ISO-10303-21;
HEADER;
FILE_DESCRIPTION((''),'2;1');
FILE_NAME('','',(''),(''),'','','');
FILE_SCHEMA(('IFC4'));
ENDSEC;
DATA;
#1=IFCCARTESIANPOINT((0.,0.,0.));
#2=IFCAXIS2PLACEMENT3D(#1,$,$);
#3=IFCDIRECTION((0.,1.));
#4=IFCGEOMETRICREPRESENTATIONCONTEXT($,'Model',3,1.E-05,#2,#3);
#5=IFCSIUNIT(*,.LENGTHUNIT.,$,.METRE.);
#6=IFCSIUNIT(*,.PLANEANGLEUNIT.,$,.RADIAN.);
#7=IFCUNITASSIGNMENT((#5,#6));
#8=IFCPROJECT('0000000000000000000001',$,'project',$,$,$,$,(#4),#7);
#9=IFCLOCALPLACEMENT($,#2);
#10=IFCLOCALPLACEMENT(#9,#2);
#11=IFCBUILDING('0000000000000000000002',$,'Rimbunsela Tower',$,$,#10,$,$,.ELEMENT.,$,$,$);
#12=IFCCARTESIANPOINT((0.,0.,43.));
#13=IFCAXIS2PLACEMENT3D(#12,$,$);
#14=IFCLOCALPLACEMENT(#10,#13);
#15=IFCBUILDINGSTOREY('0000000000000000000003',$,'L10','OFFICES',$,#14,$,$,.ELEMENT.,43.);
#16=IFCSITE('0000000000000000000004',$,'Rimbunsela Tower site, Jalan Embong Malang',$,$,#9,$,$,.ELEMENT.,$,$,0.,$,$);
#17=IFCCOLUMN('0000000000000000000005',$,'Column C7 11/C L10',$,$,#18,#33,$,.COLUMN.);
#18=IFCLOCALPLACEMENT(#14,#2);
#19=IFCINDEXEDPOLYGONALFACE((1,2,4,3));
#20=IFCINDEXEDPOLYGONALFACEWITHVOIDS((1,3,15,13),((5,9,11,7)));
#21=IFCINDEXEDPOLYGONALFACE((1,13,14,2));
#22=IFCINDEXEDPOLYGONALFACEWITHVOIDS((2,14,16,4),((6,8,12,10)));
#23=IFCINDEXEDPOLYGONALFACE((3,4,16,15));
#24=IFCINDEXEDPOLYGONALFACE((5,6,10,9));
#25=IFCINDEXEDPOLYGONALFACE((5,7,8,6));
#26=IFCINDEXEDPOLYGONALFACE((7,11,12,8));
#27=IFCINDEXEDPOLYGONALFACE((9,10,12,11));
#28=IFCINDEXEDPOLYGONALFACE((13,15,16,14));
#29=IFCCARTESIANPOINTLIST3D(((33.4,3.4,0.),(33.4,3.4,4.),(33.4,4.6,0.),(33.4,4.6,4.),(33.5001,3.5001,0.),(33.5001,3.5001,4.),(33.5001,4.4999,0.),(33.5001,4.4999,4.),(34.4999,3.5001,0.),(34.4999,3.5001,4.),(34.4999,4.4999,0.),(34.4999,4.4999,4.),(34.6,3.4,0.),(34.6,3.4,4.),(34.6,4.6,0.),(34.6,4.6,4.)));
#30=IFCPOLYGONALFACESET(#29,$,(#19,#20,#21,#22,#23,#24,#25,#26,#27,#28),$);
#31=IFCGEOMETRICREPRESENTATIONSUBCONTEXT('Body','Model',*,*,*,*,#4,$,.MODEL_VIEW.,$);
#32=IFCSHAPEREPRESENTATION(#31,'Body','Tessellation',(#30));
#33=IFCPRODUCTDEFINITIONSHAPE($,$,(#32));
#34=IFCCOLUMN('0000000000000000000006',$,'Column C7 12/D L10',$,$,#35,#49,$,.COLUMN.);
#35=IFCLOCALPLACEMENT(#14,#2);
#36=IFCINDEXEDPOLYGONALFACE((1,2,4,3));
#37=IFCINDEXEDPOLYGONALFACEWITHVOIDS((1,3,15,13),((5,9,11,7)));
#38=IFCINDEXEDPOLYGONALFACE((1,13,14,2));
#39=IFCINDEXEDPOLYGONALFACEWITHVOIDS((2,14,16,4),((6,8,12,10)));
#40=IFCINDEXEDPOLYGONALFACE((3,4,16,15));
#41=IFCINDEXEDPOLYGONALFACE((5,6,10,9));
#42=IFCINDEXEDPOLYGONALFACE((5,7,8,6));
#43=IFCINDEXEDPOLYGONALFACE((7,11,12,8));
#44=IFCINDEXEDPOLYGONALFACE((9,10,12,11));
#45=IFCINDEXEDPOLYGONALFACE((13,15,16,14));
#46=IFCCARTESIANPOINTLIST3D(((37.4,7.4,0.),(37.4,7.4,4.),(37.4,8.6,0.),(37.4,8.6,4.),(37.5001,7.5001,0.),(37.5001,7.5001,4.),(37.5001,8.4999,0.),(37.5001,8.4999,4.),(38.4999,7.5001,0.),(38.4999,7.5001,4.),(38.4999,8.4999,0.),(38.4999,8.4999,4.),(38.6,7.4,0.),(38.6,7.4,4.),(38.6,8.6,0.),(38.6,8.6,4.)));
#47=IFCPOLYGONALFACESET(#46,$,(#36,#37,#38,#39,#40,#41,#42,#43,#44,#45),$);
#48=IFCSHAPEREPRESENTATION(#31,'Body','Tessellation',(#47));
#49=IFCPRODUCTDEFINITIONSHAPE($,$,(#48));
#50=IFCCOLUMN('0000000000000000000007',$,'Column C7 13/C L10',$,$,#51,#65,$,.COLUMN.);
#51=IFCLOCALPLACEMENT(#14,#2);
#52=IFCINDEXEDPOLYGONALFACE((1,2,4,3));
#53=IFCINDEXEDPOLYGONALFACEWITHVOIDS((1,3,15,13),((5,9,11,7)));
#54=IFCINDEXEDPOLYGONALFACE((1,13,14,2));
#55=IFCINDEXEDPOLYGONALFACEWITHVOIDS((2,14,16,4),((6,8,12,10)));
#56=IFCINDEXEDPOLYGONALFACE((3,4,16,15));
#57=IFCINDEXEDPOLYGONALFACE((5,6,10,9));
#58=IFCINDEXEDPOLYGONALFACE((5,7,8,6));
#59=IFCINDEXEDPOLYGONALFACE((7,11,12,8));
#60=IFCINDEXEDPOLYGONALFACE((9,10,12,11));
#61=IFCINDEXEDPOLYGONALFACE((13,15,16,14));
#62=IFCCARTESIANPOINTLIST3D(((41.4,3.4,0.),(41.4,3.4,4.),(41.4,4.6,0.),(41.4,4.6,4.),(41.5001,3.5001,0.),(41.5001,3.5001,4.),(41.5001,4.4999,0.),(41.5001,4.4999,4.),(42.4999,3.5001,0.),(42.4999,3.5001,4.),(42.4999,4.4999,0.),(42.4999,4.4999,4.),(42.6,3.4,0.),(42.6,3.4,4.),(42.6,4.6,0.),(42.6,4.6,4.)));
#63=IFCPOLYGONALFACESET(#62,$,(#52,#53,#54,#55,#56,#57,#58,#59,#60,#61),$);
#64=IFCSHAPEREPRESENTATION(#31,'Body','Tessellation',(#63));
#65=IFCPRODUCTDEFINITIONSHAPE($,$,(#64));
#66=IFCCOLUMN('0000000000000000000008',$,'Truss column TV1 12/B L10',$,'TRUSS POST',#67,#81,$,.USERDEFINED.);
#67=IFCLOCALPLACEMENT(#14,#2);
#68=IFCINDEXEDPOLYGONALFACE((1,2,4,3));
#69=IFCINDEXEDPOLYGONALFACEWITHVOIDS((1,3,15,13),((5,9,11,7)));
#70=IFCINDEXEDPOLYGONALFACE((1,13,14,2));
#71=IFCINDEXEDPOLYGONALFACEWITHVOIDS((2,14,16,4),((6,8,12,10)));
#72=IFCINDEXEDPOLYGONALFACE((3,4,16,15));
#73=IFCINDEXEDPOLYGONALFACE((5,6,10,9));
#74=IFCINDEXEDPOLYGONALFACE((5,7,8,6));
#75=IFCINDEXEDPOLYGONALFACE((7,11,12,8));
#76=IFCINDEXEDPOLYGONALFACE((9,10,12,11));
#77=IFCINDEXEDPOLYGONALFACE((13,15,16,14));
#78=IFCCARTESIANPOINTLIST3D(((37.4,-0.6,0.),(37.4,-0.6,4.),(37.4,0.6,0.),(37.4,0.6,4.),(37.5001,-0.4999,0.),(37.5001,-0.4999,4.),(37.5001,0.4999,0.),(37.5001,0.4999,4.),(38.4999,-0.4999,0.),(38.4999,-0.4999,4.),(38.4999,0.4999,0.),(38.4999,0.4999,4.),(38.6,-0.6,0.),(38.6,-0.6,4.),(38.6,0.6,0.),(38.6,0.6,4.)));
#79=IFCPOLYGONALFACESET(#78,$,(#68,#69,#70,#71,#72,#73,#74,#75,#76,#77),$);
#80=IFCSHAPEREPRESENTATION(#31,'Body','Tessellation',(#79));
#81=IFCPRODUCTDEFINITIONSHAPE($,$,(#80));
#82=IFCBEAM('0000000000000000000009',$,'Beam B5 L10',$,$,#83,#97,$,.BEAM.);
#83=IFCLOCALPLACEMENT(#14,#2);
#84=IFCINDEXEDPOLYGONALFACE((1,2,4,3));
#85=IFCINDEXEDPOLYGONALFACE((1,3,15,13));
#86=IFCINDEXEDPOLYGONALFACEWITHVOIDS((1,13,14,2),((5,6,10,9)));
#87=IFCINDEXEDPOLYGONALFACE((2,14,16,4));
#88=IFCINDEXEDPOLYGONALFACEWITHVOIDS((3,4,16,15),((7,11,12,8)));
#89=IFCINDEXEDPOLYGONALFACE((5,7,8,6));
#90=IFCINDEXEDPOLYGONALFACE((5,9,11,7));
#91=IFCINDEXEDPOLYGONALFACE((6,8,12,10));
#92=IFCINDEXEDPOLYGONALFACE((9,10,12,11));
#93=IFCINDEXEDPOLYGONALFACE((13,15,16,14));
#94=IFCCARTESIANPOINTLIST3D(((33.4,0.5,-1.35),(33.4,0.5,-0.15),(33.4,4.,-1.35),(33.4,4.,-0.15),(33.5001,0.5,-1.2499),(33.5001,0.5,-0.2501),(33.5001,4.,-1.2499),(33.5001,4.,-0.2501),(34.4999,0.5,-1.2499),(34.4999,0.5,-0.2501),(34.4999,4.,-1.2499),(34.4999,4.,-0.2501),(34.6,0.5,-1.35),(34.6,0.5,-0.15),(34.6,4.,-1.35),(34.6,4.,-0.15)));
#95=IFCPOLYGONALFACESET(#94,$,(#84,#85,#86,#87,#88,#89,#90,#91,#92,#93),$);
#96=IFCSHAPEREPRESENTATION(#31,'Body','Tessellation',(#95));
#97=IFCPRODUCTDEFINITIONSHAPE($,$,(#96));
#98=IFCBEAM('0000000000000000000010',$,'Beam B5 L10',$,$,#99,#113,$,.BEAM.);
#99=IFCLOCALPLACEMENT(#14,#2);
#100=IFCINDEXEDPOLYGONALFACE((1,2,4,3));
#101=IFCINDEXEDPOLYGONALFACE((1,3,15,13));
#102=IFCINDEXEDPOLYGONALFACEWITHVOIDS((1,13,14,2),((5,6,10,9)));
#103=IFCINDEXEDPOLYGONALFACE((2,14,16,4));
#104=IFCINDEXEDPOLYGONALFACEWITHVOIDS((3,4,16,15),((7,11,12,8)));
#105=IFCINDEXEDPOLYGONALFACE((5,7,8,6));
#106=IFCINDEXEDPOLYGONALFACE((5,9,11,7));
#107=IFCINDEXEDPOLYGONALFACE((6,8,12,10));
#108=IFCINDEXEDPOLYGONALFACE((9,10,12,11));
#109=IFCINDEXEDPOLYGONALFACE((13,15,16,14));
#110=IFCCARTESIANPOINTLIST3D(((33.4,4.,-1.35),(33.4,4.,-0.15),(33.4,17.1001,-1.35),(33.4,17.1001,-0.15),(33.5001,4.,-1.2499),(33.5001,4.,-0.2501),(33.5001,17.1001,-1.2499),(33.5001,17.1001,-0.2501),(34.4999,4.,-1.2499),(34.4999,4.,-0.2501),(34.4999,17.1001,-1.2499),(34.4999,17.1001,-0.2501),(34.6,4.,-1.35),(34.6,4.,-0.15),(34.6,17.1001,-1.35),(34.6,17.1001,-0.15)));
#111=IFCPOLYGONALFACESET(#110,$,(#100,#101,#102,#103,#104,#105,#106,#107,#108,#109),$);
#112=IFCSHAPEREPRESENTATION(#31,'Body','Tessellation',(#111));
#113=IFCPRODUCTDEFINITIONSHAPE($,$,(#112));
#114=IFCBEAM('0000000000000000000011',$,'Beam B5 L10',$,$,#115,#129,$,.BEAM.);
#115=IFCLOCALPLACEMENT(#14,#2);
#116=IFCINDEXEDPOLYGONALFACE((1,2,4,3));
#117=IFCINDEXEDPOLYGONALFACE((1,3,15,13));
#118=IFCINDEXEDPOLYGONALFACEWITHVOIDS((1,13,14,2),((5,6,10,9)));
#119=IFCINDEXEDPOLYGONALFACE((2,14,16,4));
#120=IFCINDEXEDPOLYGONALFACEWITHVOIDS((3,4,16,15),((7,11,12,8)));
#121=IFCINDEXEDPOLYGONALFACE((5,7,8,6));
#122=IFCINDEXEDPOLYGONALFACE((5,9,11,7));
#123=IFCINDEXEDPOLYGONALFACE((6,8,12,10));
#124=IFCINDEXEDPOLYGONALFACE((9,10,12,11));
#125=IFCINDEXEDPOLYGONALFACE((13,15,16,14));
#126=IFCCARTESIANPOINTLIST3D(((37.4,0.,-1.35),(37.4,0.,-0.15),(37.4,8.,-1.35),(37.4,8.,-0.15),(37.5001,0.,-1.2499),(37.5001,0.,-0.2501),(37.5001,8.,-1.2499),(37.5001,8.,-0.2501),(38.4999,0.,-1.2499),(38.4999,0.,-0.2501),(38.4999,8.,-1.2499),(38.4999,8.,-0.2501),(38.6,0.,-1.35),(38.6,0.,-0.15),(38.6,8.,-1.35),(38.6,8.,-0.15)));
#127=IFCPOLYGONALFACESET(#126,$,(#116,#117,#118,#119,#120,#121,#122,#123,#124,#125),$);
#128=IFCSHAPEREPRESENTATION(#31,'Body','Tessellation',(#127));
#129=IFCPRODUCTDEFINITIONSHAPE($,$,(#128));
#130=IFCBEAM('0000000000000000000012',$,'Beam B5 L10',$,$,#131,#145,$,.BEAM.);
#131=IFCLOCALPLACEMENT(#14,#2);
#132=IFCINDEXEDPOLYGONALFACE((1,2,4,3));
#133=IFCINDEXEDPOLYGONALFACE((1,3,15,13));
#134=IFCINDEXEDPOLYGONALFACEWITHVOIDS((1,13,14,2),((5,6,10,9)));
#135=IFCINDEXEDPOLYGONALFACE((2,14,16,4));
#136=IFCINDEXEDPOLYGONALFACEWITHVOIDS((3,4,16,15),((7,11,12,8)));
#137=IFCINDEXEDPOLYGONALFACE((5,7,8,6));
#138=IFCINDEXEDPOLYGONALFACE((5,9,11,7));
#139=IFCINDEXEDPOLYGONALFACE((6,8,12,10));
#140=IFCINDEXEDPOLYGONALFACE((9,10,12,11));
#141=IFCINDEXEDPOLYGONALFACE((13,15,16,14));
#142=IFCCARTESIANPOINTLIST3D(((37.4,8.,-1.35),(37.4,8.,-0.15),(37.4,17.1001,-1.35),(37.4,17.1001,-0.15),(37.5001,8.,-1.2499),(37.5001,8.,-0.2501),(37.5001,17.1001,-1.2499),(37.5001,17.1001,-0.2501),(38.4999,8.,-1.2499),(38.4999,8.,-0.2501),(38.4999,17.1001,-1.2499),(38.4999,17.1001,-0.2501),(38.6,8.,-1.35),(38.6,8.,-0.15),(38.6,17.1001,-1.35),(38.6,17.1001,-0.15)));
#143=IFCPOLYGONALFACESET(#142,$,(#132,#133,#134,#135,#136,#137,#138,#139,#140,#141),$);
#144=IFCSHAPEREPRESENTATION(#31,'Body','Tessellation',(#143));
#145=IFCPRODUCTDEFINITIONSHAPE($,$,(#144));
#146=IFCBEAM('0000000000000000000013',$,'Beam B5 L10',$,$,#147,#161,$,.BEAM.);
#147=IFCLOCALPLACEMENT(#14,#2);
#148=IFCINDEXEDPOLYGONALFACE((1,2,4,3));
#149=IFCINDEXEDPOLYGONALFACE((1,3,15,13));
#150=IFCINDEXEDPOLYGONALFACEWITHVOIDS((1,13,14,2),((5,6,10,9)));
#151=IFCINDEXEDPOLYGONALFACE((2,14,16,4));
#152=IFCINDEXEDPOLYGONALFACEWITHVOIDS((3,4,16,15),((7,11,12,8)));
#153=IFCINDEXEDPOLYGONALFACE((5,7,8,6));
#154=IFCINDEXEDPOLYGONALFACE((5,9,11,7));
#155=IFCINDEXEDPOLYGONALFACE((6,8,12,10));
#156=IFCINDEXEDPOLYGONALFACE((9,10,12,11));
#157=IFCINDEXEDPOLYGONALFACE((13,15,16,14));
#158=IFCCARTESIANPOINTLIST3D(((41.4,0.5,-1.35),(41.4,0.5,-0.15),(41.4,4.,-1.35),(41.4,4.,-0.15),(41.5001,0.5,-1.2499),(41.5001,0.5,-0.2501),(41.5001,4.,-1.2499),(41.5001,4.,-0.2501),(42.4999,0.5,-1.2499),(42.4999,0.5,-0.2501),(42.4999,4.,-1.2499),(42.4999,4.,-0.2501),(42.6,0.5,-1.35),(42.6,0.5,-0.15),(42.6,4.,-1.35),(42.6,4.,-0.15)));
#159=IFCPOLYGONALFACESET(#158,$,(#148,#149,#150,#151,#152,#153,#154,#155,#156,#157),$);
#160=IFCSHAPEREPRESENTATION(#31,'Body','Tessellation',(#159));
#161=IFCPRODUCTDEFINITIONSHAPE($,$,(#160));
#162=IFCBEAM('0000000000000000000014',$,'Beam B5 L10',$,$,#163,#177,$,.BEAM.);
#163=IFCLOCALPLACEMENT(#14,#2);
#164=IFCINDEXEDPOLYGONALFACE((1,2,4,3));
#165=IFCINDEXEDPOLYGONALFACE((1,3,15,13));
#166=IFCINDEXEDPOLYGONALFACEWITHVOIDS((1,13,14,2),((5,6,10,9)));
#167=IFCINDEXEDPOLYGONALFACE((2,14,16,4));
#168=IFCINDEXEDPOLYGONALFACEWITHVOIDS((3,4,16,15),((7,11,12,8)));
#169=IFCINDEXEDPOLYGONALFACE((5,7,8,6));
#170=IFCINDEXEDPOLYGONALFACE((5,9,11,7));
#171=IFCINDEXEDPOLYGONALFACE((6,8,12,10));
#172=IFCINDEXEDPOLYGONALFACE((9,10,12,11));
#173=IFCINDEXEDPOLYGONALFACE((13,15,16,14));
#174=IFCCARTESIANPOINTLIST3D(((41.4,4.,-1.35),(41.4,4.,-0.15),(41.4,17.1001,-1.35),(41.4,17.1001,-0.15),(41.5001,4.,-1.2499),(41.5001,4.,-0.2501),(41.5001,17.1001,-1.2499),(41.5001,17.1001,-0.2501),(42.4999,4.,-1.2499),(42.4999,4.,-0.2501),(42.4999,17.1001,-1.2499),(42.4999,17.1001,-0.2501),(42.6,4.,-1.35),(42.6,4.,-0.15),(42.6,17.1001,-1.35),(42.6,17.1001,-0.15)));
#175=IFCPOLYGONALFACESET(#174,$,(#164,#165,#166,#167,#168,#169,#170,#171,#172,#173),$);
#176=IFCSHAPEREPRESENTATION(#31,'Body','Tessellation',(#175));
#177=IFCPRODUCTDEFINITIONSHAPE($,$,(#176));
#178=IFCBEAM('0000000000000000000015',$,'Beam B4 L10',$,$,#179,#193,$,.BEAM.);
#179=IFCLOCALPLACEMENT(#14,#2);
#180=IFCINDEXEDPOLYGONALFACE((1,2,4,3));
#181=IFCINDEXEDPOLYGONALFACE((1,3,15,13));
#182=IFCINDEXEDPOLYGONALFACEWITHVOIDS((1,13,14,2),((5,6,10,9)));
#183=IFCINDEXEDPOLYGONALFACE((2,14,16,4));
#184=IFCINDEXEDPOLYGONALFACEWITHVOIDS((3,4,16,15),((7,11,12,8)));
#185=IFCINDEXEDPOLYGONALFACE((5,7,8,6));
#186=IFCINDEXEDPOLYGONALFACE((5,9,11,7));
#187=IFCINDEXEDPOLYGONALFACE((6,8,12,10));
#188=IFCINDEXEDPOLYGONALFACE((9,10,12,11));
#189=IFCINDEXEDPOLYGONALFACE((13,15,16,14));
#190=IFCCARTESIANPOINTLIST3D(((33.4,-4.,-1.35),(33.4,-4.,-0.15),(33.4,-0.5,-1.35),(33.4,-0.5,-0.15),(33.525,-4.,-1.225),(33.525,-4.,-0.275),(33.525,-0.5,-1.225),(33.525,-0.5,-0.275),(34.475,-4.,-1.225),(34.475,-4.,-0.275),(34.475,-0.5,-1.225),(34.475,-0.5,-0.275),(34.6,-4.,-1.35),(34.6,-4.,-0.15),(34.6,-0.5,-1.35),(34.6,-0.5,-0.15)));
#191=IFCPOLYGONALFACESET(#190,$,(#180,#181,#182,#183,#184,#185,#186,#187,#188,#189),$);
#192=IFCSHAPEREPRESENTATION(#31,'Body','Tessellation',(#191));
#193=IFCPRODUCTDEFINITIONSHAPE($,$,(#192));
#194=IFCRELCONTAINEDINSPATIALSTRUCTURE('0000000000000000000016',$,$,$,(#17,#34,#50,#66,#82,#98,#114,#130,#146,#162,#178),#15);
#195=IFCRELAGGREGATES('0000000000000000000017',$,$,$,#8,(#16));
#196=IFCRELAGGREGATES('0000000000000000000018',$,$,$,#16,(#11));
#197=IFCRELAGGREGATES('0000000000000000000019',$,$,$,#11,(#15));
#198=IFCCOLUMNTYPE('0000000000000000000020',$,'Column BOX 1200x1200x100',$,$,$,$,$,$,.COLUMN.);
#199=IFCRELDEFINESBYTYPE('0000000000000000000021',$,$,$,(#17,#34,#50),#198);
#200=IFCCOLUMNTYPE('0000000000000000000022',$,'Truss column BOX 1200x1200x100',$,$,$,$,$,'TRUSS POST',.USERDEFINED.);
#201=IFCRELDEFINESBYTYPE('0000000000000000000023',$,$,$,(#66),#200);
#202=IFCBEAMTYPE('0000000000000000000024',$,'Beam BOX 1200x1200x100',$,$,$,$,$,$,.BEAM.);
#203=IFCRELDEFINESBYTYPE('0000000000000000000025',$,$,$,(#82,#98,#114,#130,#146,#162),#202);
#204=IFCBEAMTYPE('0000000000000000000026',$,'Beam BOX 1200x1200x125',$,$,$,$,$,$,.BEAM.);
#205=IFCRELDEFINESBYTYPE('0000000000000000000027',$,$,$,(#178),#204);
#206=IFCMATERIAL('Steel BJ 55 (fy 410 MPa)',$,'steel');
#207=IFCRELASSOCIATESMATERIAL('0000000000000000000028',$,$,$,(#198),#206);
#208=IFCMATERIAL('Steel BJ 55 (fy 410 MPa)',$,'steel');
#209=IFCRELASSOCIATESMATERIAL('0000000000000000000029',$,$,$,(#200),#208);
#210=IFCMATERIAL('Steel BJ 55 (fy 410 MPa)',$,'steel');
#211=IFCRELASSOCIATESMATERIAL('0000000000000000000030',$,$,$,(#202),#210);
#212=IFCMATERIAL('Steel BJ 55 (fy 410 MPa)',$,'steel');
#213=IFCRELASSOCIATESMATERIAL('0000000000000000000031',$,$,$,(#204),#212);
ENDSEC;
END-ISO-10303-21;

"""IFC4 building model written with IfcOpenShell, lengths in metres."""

from ifc_helpers import new_model, si_unit, direction, frame, origin, origin_2d, place, context, subcontext, project, spatial, hollow_rectangle, extrude, material, material_profile, profile_set, type_object, element, save


model = new_model("IFC4")

# Units and contexts
model_context = context("Model", 3, precision=1e-05, world=origin(), true_north=direction((0.0, 1.0)))
body_context = subcontext(model_context, "Body", "Model", "MODEL_VIEW")
ifc_project = project(units=[si_unit("LENGTHUNIT", "METRE"), si_unit("PLANEANGLEUNIT", "RADIAN")], contexts=[model_context])

# Site, building, storey
site_placement = place(None, origin())
site = spatial("IfcSite", under=ifc_project, at=site_placement, Name="Rimbunsela Tower site, Jalan Embong Malang", CompositionType="ELEMENT", RefElevation=0.0)
building_placement = place(site_placement, origin())
building = spatial("IfcBuilding", under=site, at=building_placement, Name="Rimbunsela Tower", CompositionType="ELEMENT")
storey_placement = place(building_placement, frame((0.0, 0.0, 43.0)))
storey = spatial("IfcBuildingStorey", under=building, at=storey_placement, Name="L10", Description="OFFICES", CompositionType="ELEMENT", Elevation=43.0)

# Columns
ifc_material_1 = material(Name="Steel BJ 55 (fy 410 MPa)", Category="steel")
ifc_material_profile_1 = material_profile(ifc_material_1, hollow_rectangle(XDim=1.2, YDim=1.2, WallThickness=0.1001, at=origin_2d()), Name="BOX 1200x1200x100")
ifc_profile_set_1 = profile_set([ifc_material_profile_1], Name="Steel BJ 55 (fy 410 MPa)")
column_type_1 = type_object("IfcColumnType", Name="Column BOX 1200x1200x100", PredefinedType="COLUMN", material=ifc_profile_set_1)
for number, where, z_axis, x_axis, name in (
    (1, (34.0, 4.0, 0.0), (0.0, 0.0, 1.0), (1.0, 0.0, 0.0), "Column C7 11/C L10"),
    (2, (38.0, 8.0, 0.0), (0.0, 0.0, 1.0), (1.0, 0.0, 0.0), "Column C7 12/D L10"),
    (3, (42.0, 4.0, 0.0), (0.0, 0.0, 1.0), (1.0, 0.0, 0.0), "Column C7 13/C L10"),
):
    element("IfcColumn", number, at=place(storey_placement, frame(where, z_axis=z_axis, x_axis=x_axis)), inside=storey, type_object=column_type_1, Name=name, PredefinedType="COLUMN", context=body_context, shape_type="SweptSolid", body=[
        extrude(hollow_rectangle(XDim=1.2, YDim=1.2, WallThickness=0.1001, at=origin_2d()), origin(), (0.0, 0.0, 1.0), 4.0),
    ])
ifc_material_2 = material(Name="Steel BJ 55 (fy 410 MPa)", Category="steel")
ifc_material_profile_2 = material_profile(ifc_material_2, hollow_rectangle(XDim=1.2, YDim=1.2, WallThickness=0.1001, at=origin_2d()), Name="BOX 1200x1200x100")
ifc_profile_set_2 = profile_set([ifc_material_profile_2], Name="Steel BJ 55 (fy 410 MPa)")
column_type_2 = type_object("IfcColumnType", Name="Truss column BOX 1200x1200x100", ElementType="TRUSS POST", PredefinedType="USERDEFINED", material=ifc_profile_set_2)
column_placement = place(storey_placement, frame((38.0, 0.0, 0.0), z_axis=(0.0, 0.0, 1.0), x_axis=(1.0, 0.0, 0.0)))
element("IfcColumn", 4, at=column_placement, inside=storey, type_object=column_type_2, Name="Truss column TV1 12/B L10", ObjectType="TRUSS POST", PredefinedType="USERDEFINED", context=body_context, shape_type="SweptSolid", body=[
    extrude(hollow_rectangle(XDim=1.2, YDim=1.2, WallThickness=0.1001, at=origin_2d()), origin(), (0.0, 0.0, 1.0), 4.0),
])

# Beams
ifc_material_3 = material(Name="Steel BJ 55 (fy 410 MPa)", Category="steel")
ifc_material_profile_3 = material_profile(ifc_material_3, hollow_rectangle(XDim=1.2, YDim=1.2, WallThickness=0.1001, at=origin_2d()), Name="BOX 1200x1200x100")
ifc_profile_set_3 = profile_set([ifc_material_profile_3], Name="Steel BJ 55 (fy 410 MPa)")
beam_type_1 = type_object("IfcBeamType", Name="Beam BOX 1200x1200x100", PredefinedType="BEAM", material=ifc_profile_set_3)
beam_1_placement = place(storey_placement, frame((34.0, 0.5, -0.75), z_axis=(0.0, 1.0, 0.0), x_axis=(-1.0, 0.0, 0.0)))
element("IfcBeam", 5, at=beam_1_placement, inside=storey, type_object=beam_type_1, Name="Beam B5 L10", PredefinedType="BEAM", context=body_context, shape_type="SweptSolid", body=[
    extrude(hollow_rectangle(XDim=1.2, YDim=1.2, WallThickness=0.1001, at=origin_2d()), origin(), (0.0, 0.0, 1.0), 3.5),
])
beam_2_placement = place(storey_placement, frame((34.0, 4.0, -0.75), z_axis=(0.0, 1.0, 0.0), x_axis=(-1.0, 0.0, 0.0)))
element("IfcBeam", 6, at=beam_2_placement, inside=storey, type_object=beam_type_1, Name="Beam B5 L10", PredefinedType="BEAM", context=body_context, shape_type="SweptSolid", body=[
    extrude(hollow_rectangle(XDim=1.2, YDim=1.2, WallThickness=0.1001, at=origin_2d()), origin(), (0.0, 0.0, 1.0), 13.1001),
])
beam_3_placement = place(storey_placement, frame((38.0, 0.0, -0.75), z_axis=(0.0, 1.0, 0.0), x_axis=(-1.0, 0.0, 0.0)))
element("IfcBeam", 7, at=beam_3_placement, inside=storey, type_object=beam_type_1, Name="Beam B5 L10", PredefinedType="BEAM", context=body_context, shape_type="SweptSolid", body=[
    extrude(hollow_rectangle(XDim=1.2, YDim=1.2, WallThickness=0.1001, at=origin_2d()), origin(), (0.0, 0.0, 1.0), 8.0),
])
beam_4_placement = place(storey_placement, frame((38.0, 8.0, -0.75), z_axis=(0.0, 1.0, 0.0), x_axis=(-1.0, 0.0, 0.0)))
element("IfcBeam", 8, at=beam_4_placement, inside=storey, type_object=beam_type_1, Name="Beam B5 L10", PredefinedType="BEAM", context=body_context, shape_type="SweptSolid", body=[
    extrude(hollow_rectangle(XDim=1.2, YDim=1.2, WallThickness=0.1001, at=origin_2d()), origin(), (0.0, 0.0, 1.0), 9.1001),
])
beam_5_placement = place(storey_placement, frame((42.0, 0.5, -0.75), z_axis=(0.0, 1.0, 0.0), x_axis=(-1.0, 0.0, 0.0)))
element("IfcBeam", 9, at=beam_5_placement, inside=storey, type_object=beam_type_1, Name="Beam B5 L10", PredefinedType="BEAM", context=body_context, shape_type="SweptSolid", body=[
    extrude(hollow_rectangle(XDim=1.2, YDim=1.2, WallThickness=0.1001, at=origin_2d()), origin(), (0.0, 0.0, 1.0), 3.5),
])
beam_6_placement = place(storey_placement, frame((42.0, 4.0, -0.75), z_axis=(0.0, 1.0, 0.0), x_axis=(-1.0, 0.0, 0.0)))
element("IfcBeam", 10, at=beam_6_placement, inside=storey, type_object=beam_type_1, Name="Beam B5 L10", PredefinedType="BEAM", context=body_context, shape_type="SweptSolid", body=[
    extrude(hollow_rectangle(XDim=1.2, YDim=1.2, WallThickness=0.1001, at=origin_2d()), origin(), (0.0, 0.0, 1.0), 13.1001),
])
ifc_material_4 = material(Name="Steel BJ 55 (fy 410 MPa)", Category="steel")
ifc_material_profile_4 = material_profile(ifc_material_4, hollow_rectangle(XDim=1.2, YDim=1.2, WallThickness=0.125, at=origin_2d()), Name="BOX 1200x1200x125")
ifc_profile_set_4 = profile_set([ifc_material_profile_4], Name="Steel BJ 55 (fy 410 MPa)")
beam_type_2 = type_object("IfcBeamType", Name="Beam BOX 1200x1200x125", PredefinedType="BEAM", material=ifc_profile_set_4)
beam_7_placement = place(storey_placement, frame((34.0, -4.0, -0.75), z_axis=(0.0, 1.0, 0.0), x_axis=(-1.0, 0.0, 0.0)))
element("IfcBeam", 11, at=beam_7_placement, inside=storey, type_object=beam_type_2, Name="Beam B4 L10", PredefinedType="BEAM", context=body_context, shape_type="SweptSolid", body=[
    extrude(hollow_rectangle(XDim=1.2, YDim=1.2, WallThickness=0.125, at=origin_2d()), origin(), (0.0, 0.0, 1.0), 3.5),
])

save(model, "model.ifc")
